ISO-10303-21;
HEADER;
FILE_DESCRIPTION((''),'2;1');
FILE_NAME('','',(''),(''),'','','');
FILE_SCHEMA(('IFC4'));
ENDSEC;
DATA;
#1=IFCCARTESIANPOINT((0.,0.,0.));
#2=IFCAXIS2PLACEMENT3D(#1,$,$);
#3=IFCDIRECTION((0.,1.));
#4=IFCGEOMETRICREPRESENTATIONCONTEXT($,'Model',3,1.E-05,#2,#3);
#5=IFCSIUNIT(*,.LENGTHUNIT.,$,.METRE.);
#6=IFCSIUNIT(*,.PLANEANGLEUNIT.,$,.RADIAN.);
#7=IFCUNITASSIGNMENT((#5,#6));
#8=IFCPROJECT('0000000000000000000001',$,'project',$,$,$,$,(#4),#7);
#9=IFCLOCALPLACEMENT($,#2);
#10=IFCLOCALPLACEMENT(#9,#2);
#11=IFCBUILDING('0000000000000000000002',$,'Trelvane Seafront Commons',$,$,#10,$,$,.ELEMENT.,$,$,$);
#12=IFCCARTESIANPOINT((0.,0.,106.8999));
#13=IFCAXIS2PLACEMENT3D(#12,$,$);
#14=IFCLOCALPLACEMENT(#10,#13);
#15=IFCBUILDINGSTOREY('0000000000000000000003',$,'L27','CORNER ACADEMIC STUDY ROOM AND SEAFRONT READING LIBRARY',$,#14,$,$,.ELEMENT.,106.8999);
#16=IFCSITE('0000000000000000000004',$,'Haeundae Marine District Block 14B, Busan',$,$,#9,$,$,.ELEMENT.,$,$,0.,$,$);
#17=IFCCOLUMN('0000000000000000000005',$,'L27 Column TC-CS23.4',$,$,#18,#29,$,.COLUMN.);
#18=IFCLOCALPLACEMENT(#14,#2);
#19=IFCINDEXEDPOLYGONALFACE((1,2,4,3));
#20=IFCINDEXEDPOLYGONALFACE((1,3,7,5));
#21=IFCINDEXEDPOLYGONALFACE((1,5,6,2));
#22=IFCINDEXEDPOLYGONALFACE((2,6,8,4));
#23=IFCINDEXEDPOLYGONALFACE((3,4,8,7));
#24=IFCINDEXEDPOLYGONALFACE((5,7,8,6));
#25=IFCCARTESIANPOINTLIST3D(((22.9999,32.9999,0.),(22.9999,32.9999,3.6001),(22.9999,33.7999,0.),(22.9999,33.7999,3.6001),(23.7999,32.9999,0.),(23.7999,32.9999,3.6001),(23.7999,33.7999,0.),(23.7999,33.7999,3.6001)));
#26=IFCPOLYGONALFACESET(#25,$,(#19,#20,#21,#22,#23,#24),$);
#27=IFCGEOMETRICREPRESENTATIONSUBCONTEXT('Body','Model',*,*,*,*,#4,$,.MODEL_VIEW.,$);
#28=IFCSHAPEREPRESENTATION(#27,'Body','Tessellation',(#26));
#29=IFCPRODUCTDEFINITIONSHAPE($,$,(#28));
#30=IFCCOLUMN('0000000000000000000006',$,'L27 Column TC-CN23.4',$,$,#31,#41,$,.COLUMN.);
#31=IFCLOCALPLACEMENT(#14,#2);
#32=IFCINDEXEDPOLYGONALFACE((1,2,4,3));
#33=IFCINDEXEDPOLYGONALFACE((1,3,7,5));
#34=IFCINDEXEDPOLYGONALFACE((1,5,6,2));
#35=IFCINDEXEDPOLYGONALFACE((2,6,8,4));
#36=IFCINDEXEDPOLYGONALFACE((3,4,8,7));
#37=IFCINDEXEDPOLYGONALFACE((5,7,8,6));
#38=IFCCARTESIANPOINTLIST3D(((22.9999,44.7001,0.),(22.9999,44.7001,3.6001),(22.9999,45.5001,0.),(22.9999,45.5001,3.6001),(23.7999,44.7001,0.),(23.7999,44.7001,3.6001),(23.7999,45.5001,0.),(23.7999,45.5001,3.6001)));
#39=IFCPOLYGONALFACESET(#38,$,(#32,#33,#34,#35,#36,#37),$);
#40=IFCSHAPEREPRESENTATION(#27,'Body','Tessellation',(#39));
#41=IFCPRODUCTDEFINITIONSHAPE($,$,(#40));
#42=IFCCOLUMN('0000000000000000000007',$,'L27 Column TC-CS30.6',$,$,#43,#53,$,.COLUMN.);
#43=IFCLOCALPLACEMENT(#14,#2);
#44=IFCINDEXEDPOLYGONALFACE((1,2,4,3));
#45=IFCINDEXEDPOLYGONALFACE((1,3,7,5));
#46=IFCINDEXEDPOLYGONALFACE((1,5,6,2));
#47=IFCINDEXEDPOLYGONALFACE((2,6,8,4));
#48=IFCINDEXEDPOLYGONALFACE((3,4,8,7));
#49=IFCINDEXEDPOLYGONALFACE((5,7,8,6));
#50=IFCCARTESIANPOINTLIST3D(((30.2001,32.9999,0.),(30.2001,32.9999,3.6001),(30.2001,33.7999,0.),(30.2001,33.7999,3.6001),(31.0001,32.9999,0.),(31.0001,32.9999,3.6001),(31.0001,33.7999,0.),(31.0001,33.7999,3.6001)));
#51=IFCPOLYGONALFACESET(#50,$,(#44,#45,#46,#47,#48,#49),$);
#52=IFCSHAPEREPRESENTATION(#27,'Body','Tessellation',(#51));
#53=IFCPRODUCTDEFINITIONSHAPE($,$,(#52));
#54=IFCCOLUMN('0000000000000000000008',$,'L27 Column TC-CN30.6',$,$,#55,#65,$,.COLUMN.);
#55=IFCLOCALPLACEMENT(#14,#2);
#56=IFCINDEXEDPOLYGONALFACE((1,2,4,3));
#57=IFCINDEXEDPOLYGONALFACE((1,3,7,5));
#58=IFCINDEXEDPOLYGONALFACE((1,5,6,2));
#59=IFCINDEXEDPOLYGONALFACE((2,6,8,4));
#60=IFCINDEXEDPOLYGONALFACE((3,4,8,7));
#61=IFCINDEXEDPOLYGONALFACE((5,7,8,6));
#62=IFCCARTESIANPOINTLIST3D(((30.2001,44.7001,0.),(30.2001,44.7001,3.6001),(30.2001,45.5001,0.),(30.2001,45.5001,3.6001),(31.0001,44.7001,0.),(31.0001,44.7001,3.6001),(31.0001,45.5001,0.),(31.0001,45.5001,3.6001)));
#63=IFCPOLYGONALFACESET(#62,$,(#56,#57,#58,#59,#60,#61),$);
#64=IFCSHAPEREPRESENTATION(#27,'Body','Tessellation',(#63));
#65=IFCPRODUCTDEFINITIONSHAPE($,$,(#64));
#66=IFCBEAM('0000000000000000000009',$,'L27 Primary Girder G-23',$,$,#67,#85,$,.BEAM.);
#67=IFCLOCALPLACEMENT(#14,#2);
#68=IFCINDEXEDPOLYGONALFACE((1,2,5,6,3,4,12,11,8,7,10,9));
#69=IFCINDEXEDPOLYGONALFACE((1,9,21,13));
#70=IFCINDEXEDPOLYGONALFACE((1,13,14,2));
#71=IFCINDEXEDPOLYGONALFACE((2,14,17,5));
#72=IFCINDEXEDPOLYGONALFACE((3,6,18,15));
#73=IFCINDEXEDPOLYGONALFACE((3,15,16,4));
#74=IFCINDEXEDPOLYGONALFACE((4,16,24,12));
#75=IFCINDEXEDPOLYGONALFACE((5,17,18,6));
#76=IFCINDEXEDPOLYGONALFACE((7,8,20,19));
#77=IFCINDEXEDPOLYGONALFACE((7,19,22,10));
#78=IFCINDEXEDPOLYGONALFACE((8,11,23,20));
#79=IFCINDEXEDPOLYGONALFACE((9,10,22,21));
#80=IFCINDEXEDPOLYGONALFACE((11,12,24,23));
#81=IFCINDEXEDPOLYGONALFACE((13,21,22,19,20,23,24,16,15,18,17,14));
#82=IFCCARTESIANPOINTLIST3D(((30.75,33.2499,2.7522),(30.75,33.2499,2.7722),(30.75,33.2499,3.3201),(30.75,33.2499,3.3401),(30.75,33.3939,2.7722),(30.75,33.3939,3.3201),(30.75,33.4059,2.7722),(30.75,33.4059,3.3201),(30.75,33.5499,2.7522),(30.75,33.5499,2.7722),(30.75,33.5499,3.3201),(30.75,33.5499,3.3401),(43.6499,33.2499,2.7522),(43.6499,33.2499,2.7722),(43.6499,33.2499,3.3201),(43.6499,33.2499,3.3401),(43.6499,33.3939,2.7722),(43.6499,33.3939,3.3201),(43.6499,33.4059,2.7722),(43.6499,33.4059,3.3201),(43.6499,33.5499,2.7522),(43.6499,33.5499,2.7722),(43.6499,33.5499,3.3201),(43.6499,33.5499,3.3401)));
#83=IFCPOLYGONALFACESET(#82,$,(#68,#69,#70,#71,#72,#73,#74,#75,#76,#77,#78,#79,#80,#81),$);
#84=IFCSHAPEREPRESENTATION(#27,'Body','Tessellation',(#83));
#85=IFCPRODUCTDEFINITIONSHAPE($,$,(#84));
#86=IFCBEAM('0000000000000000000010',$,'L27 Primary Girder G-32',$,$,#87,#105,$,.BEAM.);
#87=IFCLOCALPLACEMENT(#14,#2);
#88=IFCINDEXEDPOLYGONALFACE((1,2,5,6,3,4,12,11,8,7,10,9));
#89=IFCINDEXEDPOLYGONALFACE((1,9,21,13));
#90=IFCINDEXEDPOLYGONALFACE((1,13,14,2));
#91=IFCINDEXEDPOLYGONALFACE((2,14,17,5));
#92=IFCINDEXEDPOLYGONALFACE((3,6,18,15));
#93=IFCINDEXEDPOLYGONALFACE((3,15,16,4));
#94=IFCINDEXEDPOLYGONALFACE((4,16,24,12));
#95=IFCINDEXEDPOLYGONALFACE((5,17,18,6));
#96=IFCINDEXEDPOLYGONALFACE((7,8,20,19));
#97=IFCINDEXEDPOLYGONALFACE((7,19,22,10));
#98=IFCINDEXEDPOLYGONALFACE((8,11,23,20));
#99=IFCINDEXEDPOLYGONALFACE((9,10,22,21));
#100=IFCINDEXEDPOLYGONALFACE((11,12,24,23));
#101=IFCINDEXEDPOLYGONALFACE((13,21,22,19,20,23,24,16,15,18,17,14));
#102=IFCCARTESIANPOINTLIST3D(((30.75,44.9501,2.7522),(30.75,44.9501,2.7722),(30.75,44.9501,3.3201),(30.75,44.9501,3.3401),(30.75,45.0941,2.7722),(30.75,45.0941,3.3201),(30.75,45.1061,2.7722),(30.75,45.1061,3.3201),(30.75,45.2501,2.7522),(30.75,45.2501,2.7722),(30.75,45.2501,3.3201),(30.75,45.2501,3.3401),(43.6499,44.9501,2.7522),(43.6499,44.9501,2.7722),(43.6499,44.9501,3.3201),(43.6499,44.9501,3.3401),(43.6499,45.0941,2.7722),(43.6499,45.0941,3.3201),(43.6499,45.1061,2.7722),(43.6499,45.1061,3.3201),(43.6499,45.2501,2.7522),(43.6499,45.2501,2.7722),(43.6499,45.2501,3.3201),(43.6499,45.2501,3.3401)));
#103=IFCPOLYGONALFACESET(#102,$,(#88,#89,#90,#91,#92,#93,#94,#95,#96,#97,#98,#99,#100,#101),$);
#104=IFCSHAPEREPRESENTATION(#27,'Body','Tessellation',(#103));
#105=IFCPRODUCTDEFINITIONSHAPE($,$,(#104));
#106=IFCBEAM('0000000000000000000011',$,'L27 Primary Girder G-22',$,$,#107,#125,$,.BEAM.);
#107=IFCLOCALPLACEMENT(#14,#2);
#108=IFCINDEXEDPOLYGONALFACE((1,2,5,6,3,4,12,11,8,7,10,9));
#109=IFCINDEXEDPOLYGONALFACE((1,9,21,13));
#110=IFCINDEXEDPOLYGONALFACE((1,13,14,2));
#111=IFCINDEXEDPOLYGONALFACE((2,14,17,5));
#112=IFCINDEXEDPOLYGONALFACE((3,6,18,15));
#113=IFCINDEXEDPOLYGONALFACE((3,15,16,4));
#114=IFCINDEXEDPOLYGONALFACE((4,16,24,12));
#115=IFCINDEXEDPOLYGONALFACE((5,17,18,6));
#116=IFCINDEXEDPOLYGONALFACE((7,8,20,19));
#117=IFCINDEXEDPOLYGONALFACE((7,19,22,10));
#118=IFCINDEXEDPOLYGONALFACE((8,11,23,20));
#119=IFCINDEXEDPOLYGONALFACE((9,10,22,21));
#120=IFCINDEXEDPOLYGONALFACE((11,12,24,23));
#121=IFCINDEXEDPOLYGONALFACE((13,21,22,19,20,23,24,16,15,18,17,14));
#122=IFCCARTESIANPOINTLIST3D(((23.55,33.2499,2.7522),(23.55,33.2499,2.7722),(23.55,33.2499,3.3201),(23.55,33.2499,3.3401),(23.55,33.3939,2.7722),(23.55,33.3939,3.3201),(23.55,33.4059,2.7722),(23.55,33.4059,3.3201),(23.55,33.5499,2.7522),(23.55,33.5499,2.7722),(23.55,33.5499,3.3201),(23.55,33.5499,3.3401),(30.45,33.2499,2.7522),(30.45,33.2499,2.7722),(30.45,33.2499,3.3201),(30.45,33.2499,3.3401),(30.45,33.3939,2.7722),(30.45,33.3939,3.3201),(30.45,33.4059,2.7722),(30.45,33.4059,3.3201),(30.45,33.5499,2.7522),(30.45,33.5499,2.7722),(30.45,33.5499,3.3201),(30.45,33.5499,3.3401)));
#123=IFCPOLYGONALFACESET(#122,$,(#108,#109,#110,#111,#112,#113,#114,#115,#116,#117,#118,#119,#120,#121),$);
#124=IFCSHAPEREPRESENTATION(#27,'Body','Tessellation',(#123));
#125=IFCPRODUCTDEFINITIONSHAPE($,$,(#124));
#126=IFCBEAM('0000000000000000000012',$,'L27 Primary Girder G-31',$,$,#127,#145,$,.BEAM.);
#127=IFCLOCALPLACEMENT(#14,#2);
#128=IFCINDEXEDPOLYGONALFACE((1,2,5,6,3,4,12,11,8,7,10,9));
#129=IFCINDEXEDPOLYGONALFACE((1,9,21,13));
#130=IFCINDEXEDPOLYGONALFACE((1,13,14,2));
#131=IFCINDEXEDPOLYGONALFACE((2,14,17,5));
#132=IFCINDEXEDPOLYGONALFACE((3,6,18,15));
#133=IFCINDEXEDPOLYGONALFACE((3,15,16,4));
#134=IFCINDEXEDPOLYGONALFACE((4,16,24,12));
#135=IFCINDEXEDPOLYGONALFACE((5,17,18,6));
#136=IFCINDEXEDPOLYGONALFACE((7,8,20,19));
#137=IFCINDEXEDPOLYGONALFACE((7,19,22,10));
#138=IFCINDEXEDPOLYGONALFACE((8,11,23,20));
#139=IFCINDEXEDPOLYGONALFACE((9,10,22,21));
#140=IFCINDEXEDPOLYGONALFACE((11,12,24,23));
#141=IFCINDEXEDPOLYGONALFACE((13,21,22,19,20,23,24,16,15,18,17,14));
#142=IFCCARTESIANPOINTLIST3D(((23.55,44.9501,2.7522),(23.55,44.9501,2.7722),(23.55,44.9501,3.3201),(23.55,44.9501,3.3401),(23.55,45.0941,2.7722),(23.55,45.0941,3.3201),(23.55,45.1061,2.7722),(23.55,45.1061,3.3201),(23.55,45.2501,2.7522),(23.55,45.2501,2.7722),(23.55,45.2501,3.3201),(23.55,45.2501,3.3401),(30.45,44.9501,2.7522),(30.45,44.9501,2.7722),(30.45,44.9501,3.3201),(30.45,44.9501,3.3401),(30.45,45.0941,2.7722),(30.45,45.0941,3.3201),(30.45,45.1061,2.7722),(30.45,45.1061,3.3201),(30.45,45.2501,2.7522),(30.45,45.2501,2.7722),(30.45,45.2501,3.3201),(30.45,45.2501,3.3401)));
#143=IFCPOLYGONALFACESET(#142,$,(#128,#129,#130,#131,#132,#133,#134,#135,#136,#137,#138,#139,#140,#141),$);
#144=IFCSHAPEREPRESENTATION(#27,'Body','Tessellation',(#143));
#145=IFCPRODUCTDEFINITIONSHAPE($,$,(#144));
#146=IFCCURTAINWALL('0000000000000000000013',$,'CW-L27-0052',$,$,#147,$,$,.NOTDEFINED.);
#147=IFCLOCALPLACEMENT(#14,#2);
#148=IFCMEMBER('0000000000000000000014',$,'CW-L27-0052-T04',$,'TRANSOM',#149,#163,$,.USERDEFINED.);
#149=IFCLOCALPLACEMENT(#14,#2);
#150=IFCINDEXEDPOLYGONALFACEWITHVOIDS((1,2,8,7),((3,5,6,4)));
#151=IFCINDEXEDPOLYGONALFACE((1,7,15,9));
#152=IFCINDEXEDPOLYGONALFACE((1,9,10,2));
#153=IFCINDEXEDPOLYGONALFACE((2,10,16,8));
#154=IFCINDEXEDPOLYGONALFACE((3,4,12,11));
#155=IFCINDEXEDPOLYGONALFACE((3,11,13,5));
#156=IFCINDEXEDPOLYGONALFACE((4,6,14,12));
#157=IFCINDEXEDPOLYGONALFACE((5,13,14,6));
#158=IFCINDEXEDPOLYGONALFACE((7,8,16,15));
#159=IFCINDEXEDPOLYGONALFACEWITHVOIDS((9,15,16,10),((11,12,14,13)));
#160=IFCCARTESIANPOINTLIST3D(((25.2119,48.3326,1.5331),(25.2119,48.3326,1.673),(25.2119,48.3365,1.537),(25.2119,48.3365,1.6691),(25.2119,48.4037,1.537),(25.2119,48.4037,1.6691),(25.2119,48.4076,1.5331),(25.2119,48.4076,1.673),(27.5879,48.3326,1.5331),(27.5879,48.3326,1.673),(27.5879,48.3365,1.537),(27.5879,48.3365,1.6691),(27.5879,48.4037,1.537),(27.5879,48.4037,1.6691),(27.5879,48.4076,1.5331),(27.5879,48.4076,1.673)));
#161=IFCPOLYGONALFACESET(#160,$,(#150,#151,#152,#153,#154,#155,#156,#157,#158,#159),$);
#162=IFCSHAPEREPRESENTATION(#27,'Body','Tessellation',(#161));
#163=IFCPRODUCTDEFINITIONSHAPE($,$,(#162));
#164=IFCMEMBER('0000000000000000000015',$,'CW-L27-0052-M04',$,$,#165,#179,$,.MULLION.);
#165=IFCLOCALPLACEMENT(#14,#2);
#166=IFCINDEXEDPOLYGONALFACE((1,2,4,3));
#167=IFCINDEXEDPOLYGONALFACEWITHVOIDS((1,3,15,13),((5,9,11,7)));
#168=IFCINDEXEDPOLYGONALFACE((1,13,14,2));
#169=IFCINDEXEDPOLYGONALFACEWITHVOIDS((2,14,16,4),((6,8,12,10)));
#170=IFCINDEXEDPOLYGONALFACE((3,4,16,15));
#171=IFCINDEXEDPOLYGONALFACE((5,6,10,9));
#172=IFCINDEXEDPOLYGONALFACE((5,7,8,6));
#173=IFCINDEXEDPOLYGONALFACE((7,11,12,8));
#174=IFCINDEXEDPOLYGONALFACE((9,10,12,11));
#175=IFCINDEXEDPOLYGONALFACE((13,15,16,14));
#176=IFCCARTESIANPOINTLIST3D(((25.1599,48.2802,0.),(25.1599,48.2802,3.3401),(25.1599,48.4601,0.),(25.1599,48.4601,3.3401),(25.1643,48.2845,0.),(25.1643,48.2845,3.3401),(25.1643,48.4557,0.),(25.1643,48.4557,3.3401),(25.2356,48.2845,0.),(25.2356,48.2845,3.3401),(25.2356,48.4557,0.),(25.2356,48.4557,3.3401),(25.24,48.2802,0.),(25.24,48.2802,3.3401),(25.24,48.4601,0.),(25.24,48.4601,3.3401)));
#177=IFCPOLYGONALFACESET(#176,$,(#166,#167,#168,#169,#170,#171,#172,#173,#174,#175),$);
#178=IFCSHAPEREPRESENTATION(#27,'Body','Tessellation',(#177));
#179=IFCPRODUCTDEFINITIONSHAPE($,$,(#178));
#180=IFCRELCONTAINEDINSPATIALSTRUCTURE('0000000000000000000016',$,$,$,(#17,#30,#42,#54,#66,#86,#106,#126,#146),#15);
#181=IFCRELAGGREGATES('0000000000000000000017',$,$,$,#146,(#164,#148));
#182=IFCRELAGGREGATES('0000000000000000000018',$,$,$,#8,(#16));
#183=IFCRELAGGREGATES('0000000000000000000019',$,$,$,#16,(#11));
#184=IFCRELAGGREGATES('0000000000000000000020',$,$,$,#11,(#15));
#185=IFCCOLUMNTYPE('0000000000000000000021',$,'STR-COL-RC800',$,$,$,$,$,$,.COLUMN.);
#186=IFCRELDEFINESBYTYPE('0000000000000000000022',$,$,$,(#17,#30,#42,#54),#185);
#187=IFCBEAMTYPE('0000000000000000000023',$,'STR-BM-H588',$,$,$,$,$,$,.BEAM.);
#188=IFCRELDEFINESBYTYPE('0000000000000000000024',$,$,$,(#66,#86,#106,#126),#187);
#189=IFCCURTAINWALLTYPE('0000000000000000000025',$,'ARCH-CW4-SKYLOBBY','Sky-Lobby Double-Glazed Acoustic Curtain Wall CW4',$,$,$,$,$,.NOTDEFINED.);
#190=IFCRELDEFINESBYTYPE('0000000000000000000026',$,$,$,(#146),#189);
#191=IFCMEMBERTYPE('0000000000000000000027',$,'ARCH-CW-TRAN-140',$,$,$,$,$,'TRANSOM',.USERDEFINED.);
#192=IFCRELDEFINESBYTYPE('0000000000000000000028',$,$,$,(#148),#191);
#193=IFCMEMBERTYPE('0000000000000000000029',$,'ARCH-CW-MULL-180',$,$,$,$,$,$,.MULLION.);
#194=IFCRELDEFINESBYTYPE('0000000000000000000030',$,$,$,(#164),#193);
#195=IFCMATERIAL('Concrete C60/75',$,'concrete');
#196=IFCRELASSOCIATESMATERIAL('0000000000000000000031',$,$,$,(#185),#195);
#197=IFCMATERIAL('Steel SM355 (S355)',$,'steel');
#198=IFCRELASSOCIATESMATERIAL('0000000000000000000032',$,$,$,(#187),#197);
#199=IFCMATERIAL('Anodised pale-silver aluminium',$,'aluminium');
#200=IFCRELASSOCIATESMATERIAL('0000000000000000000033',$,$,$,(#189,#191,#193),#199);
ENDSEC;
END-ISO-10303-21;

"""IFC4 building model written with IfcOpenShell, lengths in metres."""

from ifc_helpers import new_model, si_unit, direction, frame, origin, origin_2d, place, context, subcontext, project, spatial, rectangle, hollow_rectangle, i_section, extrude, source, transform, mapped, material, material_profile, profile_set, type_object, element, aggregate, save


model = new_model("IFC4")

# Units and contexts
model_context = context("Model", 3, precision=1e-05, world=origin(), true_north=direction((0.0, 1.0)))
body_context = subcontext(model_context, "Body", "Model", "MODEL_VIEW")
ifc_project = project(units=[si_unit("LENGTHUNIT", "METRE"), si_unit("PLANEANGLEUNIT", "RADIAN")], contexts=[model_context])

# Site, building, storey
site_placement = place(None, origin())
site = spatial("IfcSite", under=ifc_project, at=site_placement, Name="Haeundae Marine District Block 14B, Busan", CompositionType="ELEMENT", RefElevation=0.0)
building_placement = place(site_placement, origin())
building = spatial("IfcBuilding", under=site, at=building_placement, Name="Trelvane Seafront Commons", CompositionType="ELEMENT")
storey_placement = place(building_placement, frame((0.0, 0.0, 106.8999)))
storey = spatial("IfcBuildingStorey", under=building, at=storey_placement, Name="L27", Description="CORNER ACADEMIC STUDY ROOM AND SEAFRONT READING LIBRARY", CompositionType="ELEMENT", Elevation=106.8999)

# Columns
ifc_material_1 = material(Name="Concrete C60/75", Category="concrete")
ifc_material_profile_1 = material_profile(ifc_material_1, rectangle(XDim=0.8, YDim=0.8, at=origin_2d()), Name="RC-800x800")
ifc_profile_set_1 = profile_set([ifc_material_profile_1], Name="Concrete C60/75")
column_type = type_object("IfcColumnType", Name="STR-COL-RC800", PredefinedType="COLUMN", material=ifc_profile_set_1)
shared_shape_1 = source(origin(), body_context, "Body", "SweptSolid", [
    extrude(rectangle(XDim=0.8, YDim=0.8, at=origin_2d()), origin(), (0.0, 0.0, 1.0), 3.6001),
])
for number, where, z_axis, x_axis, name in (
    (1, (23.3999, 33.3999, 0.0), (0.0, 0.0, 1.0), (1.0, 0.0, 0.0), "L27 Column TC-CS23.4"),
    (2, (23.3999, 45.1001, 0.0), (0.0, 0.0, 1.0), (1.0, 0.0, 0.0), "L27 Column TC-CN23.4"),
    (3, (30.6001, 33.3999, 0.0), (0.0, 0.0, 1.0), (1.0, 0.0, 0.0), "L27 Column TC-CS30.6"),
    (4, (30.6001, 45.1001, 0.0), (0.0, 0.0, 1.0), (1.0, 0.0, 0.0), "L27 Column TC-CN30.6"),
):
    element("IfcColumn", number, at=place(storey_placement, frame(where, z_axis=z_axis, x_axis=x_axis)), inside=storey, type_object=column_type, Name=name, PredefinedType="COLUMN", context=body_context, shape_type="MappedRepresentation", body=[
        mapped(shared_shape_1, transform((0.0, 0.0, 0.0), x_axis=(1.0, 0.0, 0.0), y_axis=(0.0, 1.0, 0.0), z_axis=(0.0, 0.0, 1.0), scale=1.0)),
    ])

# Beams
ifc_material_2 = material(Name="Steel SM355 (S355)", Category="steel")
ifc_material_profile_2 = material_profile(ifc_material_2, i_section(OverallWidth=0.3, OverallDepth=0.5879, WebThickness=0.012, FlangeThickness=0.02, at=origin_2d()), Name="H-588x300x12x20")
ifc_profile_set_2 = profile_set([ifc_material_profile_2], Name="Steel SM355 (S355)")
beam_type = type_object("IfcBeamType", Name="STR-BM-H588", PredefinedType="BEAM", material=ifc_profile_set_2)
shared_shape_2 = source(origin(), body_context, "Body", "SweptSolid", [
    extrude(i_section(OverallWidth=0.3, OverallDepth=0.5879, WebThickness=0.012, FlangeThickness=0.02, at=origin_2d()), origin(), (0.0, 0.0, 1.0), 12.8999),
])
for number, where, z_axis, x_axis, name in (
    (5, (30.75, 33.3999, 3.0461), (1.0, 0.0, 0.0), (0.0, 1.0, 0.0), "L27 Primary Girder G-23"),
    (6, (30.75, 45.1001, 3.0461), (1.0, 0.0, 0.0), (0.0, 1.0, 0.0), "L27 Primary Girder G-32"),
):
    element("IfcBeam", number, at=place(storey_placement, frame(where, z_axis=z_axis, x_axis=x_axis)), inside=storey, type_object=beam_type, Name=name, PredefinedType="BEAM", context=body_context, shape_type="MappedRepresentation", body=[
        mapped(shared_shape_2, transform((0.0, 0.0, 0.0), x_axis=(1.0, 0.0, 0.0), y_axis=(0.0, 1.0, 0.0), z_axis=(0.0, 0.0, 1.0), scale=1.0)),
    ])
shared_shape_3 = source(origin(), body_context, "Body", "SweptSolid", [
    extrude(i_section(OverallWidth=0.3, OverallDepth=0.5879, WebThickness=0.012, FlangeThickness=0.02, at=origin_2d()), origin(), (0.0, 0.0, 1.0), 6.8999),
])
for number, where, z_axis, x_axis, name in (
    (7, (23.55, 33.3999, 3.0461), (1.0, 0.0, 0.0), (0.0, 1.0, 0.0), "L27 Primary Girder G-22"),
    (8, (23.55, 45.1001, 3.0461), (1.0, 0.0, 0.0), (0.0, 1.0, 0.0), "L27 Primary Girder G-31"),
):
    element("IfcBeam", number, at=place(storey_placement, frame(where, z_axis=z_axis, x_axis=x_axis)), inside=storey, type_object=beam_type, Name=name, PredefinedType="BEAM", context=body_context, shape_type="MappedRepresentation", body=[
        mapped(shared_shape_3, transform((0.0, 0.0, 0.0), x_axis=(1.0, 0.0, 0.0), y_axis=(0.0, 1.0, 0.0), z_axis=(0.0, 0.0, 1.0), scale=1.0)),
    ])

# Curtain wall, members
ifc_material_3 = material(Name="Anodised pale-silver aluminium", Category="aluminium")
curtain_wall_type = type_object("IfcCurtainWallType", Name="ARCH-CW4-SKYLOBBY", Description="Sky-Lobby Double-Glazed Acoustic Curtain Wall CW4", PredefinedType="NOTDEFINED", material=ifc_material_3)
curtain_wall_placement = place(storey_placement, origin())
curtain_wall = element("IfcCurtainWall", 9, at=curtain_wall_placement, inside=storey, type_object=curtain_wall_type, Name="CW-L27-0052", PredefinedType="NOTDEFINED")
ifc_material_profile_3 = material_profile(ifc_material_3, hollow_rectangle(XDim=0.075, YDim=0.1399, WallThickness=0.0039, at=origin_2d()), Name="TRAN-75x140x4")
ifc_profile_set_3 = profile_set([ifc_material_profile_3], Name="Anodised pale-silver aluminium")
member_type_1 = type_object("IfcMemberType", Name="ARCH-CW-TRAN-140", ElementType="TRANSOM", PredefinedType="USERDEFINED", material=ifc_profile_set_3)
shared_shape_4 = source(origin(), body_context, "Body", "SweptSolid", [
    extrude(hollow_rectangle(XDim=0.075, YDim=0.1399, WallThickness=0.0039, at=origin_2d()), origin(), (0.0, 0.0, 1.0), 2.376),
])
member_1_placement = place(storey_placement, frame((25.2119, 48.3701, 1.603), z_axis=(1.0, 0.0, 0.0), x_axis=(0.0, 1.0, 0.0)))
member_1 = element("IfcMember", 10, at=member_1_placement, type_object=member_type_1, Name="CW-L27-0052-T04", ObjectType="TRANSOM", PredefinedType="USERDEFINED", context=body_context, shape_type="MappedRepresentation", body=[
    mapped(shared_shape_4, transform((0.0, 0.0, 0.0), x_axis=(1.0, 0.0, 0.0), y_axis=(0.0, 1.0, 0.0), z_axis=(0.0, 0.0, 1.0), scale=1.0)),
])
ifc_material_profile_4 = material_profile(ifc_material_3, hollow_rectangle(XDim=0.0801, YDim=0.1799, WallThickness=0.0044, at=origin_2d()), Name="MULL-80x180x4.5")
ifc_profile_set_4 = profile_set([ifc_material_profile_4], Name="Anodised pale-silver aluminium")
member_type_2 = type_object("IfcMemberType", Name="ARCH-CW-MULL-180", PredefinedType="MULLION", material=ifc_profile_set_4)
shared_shape_5 = source(origin(), body_context, "Body", "SweptSolid", [
    extrude(hollow_rectangle(XDim=0.0801, YDim=0.1799, WallThickness=0.0044, at=origin_2d()), origin(), (0.0, 0.0, 1.0), 3.3401),
])
member_2_placement = place(storey_placement, frame((25.2, 48.3701, 0.0), z_axis=(0.0, 0.0, 1.0), x_axis=(1.0, 0.0, 0.0)))
member_2 = element("IfcMember", 11, at=member_2_placement, type_object=member_type_2, Name="CW-L27-0052-M04", PredefinedType="MULLION", context=body_context, shape_type="MappedRepresentation", body=[
    mapped(shared_shape_5, transform((0.0, 0.0, 0.0), x_axis=(1.0, 0.0, 0.0), y_axis=(0.0, 1.0, 0.0), z_axis=(0.0, 0.0, 1.0), scale=1.0)),
])
aggregate(curtain_wall, [member_2, member_1])

save(model, "model.ifc")
